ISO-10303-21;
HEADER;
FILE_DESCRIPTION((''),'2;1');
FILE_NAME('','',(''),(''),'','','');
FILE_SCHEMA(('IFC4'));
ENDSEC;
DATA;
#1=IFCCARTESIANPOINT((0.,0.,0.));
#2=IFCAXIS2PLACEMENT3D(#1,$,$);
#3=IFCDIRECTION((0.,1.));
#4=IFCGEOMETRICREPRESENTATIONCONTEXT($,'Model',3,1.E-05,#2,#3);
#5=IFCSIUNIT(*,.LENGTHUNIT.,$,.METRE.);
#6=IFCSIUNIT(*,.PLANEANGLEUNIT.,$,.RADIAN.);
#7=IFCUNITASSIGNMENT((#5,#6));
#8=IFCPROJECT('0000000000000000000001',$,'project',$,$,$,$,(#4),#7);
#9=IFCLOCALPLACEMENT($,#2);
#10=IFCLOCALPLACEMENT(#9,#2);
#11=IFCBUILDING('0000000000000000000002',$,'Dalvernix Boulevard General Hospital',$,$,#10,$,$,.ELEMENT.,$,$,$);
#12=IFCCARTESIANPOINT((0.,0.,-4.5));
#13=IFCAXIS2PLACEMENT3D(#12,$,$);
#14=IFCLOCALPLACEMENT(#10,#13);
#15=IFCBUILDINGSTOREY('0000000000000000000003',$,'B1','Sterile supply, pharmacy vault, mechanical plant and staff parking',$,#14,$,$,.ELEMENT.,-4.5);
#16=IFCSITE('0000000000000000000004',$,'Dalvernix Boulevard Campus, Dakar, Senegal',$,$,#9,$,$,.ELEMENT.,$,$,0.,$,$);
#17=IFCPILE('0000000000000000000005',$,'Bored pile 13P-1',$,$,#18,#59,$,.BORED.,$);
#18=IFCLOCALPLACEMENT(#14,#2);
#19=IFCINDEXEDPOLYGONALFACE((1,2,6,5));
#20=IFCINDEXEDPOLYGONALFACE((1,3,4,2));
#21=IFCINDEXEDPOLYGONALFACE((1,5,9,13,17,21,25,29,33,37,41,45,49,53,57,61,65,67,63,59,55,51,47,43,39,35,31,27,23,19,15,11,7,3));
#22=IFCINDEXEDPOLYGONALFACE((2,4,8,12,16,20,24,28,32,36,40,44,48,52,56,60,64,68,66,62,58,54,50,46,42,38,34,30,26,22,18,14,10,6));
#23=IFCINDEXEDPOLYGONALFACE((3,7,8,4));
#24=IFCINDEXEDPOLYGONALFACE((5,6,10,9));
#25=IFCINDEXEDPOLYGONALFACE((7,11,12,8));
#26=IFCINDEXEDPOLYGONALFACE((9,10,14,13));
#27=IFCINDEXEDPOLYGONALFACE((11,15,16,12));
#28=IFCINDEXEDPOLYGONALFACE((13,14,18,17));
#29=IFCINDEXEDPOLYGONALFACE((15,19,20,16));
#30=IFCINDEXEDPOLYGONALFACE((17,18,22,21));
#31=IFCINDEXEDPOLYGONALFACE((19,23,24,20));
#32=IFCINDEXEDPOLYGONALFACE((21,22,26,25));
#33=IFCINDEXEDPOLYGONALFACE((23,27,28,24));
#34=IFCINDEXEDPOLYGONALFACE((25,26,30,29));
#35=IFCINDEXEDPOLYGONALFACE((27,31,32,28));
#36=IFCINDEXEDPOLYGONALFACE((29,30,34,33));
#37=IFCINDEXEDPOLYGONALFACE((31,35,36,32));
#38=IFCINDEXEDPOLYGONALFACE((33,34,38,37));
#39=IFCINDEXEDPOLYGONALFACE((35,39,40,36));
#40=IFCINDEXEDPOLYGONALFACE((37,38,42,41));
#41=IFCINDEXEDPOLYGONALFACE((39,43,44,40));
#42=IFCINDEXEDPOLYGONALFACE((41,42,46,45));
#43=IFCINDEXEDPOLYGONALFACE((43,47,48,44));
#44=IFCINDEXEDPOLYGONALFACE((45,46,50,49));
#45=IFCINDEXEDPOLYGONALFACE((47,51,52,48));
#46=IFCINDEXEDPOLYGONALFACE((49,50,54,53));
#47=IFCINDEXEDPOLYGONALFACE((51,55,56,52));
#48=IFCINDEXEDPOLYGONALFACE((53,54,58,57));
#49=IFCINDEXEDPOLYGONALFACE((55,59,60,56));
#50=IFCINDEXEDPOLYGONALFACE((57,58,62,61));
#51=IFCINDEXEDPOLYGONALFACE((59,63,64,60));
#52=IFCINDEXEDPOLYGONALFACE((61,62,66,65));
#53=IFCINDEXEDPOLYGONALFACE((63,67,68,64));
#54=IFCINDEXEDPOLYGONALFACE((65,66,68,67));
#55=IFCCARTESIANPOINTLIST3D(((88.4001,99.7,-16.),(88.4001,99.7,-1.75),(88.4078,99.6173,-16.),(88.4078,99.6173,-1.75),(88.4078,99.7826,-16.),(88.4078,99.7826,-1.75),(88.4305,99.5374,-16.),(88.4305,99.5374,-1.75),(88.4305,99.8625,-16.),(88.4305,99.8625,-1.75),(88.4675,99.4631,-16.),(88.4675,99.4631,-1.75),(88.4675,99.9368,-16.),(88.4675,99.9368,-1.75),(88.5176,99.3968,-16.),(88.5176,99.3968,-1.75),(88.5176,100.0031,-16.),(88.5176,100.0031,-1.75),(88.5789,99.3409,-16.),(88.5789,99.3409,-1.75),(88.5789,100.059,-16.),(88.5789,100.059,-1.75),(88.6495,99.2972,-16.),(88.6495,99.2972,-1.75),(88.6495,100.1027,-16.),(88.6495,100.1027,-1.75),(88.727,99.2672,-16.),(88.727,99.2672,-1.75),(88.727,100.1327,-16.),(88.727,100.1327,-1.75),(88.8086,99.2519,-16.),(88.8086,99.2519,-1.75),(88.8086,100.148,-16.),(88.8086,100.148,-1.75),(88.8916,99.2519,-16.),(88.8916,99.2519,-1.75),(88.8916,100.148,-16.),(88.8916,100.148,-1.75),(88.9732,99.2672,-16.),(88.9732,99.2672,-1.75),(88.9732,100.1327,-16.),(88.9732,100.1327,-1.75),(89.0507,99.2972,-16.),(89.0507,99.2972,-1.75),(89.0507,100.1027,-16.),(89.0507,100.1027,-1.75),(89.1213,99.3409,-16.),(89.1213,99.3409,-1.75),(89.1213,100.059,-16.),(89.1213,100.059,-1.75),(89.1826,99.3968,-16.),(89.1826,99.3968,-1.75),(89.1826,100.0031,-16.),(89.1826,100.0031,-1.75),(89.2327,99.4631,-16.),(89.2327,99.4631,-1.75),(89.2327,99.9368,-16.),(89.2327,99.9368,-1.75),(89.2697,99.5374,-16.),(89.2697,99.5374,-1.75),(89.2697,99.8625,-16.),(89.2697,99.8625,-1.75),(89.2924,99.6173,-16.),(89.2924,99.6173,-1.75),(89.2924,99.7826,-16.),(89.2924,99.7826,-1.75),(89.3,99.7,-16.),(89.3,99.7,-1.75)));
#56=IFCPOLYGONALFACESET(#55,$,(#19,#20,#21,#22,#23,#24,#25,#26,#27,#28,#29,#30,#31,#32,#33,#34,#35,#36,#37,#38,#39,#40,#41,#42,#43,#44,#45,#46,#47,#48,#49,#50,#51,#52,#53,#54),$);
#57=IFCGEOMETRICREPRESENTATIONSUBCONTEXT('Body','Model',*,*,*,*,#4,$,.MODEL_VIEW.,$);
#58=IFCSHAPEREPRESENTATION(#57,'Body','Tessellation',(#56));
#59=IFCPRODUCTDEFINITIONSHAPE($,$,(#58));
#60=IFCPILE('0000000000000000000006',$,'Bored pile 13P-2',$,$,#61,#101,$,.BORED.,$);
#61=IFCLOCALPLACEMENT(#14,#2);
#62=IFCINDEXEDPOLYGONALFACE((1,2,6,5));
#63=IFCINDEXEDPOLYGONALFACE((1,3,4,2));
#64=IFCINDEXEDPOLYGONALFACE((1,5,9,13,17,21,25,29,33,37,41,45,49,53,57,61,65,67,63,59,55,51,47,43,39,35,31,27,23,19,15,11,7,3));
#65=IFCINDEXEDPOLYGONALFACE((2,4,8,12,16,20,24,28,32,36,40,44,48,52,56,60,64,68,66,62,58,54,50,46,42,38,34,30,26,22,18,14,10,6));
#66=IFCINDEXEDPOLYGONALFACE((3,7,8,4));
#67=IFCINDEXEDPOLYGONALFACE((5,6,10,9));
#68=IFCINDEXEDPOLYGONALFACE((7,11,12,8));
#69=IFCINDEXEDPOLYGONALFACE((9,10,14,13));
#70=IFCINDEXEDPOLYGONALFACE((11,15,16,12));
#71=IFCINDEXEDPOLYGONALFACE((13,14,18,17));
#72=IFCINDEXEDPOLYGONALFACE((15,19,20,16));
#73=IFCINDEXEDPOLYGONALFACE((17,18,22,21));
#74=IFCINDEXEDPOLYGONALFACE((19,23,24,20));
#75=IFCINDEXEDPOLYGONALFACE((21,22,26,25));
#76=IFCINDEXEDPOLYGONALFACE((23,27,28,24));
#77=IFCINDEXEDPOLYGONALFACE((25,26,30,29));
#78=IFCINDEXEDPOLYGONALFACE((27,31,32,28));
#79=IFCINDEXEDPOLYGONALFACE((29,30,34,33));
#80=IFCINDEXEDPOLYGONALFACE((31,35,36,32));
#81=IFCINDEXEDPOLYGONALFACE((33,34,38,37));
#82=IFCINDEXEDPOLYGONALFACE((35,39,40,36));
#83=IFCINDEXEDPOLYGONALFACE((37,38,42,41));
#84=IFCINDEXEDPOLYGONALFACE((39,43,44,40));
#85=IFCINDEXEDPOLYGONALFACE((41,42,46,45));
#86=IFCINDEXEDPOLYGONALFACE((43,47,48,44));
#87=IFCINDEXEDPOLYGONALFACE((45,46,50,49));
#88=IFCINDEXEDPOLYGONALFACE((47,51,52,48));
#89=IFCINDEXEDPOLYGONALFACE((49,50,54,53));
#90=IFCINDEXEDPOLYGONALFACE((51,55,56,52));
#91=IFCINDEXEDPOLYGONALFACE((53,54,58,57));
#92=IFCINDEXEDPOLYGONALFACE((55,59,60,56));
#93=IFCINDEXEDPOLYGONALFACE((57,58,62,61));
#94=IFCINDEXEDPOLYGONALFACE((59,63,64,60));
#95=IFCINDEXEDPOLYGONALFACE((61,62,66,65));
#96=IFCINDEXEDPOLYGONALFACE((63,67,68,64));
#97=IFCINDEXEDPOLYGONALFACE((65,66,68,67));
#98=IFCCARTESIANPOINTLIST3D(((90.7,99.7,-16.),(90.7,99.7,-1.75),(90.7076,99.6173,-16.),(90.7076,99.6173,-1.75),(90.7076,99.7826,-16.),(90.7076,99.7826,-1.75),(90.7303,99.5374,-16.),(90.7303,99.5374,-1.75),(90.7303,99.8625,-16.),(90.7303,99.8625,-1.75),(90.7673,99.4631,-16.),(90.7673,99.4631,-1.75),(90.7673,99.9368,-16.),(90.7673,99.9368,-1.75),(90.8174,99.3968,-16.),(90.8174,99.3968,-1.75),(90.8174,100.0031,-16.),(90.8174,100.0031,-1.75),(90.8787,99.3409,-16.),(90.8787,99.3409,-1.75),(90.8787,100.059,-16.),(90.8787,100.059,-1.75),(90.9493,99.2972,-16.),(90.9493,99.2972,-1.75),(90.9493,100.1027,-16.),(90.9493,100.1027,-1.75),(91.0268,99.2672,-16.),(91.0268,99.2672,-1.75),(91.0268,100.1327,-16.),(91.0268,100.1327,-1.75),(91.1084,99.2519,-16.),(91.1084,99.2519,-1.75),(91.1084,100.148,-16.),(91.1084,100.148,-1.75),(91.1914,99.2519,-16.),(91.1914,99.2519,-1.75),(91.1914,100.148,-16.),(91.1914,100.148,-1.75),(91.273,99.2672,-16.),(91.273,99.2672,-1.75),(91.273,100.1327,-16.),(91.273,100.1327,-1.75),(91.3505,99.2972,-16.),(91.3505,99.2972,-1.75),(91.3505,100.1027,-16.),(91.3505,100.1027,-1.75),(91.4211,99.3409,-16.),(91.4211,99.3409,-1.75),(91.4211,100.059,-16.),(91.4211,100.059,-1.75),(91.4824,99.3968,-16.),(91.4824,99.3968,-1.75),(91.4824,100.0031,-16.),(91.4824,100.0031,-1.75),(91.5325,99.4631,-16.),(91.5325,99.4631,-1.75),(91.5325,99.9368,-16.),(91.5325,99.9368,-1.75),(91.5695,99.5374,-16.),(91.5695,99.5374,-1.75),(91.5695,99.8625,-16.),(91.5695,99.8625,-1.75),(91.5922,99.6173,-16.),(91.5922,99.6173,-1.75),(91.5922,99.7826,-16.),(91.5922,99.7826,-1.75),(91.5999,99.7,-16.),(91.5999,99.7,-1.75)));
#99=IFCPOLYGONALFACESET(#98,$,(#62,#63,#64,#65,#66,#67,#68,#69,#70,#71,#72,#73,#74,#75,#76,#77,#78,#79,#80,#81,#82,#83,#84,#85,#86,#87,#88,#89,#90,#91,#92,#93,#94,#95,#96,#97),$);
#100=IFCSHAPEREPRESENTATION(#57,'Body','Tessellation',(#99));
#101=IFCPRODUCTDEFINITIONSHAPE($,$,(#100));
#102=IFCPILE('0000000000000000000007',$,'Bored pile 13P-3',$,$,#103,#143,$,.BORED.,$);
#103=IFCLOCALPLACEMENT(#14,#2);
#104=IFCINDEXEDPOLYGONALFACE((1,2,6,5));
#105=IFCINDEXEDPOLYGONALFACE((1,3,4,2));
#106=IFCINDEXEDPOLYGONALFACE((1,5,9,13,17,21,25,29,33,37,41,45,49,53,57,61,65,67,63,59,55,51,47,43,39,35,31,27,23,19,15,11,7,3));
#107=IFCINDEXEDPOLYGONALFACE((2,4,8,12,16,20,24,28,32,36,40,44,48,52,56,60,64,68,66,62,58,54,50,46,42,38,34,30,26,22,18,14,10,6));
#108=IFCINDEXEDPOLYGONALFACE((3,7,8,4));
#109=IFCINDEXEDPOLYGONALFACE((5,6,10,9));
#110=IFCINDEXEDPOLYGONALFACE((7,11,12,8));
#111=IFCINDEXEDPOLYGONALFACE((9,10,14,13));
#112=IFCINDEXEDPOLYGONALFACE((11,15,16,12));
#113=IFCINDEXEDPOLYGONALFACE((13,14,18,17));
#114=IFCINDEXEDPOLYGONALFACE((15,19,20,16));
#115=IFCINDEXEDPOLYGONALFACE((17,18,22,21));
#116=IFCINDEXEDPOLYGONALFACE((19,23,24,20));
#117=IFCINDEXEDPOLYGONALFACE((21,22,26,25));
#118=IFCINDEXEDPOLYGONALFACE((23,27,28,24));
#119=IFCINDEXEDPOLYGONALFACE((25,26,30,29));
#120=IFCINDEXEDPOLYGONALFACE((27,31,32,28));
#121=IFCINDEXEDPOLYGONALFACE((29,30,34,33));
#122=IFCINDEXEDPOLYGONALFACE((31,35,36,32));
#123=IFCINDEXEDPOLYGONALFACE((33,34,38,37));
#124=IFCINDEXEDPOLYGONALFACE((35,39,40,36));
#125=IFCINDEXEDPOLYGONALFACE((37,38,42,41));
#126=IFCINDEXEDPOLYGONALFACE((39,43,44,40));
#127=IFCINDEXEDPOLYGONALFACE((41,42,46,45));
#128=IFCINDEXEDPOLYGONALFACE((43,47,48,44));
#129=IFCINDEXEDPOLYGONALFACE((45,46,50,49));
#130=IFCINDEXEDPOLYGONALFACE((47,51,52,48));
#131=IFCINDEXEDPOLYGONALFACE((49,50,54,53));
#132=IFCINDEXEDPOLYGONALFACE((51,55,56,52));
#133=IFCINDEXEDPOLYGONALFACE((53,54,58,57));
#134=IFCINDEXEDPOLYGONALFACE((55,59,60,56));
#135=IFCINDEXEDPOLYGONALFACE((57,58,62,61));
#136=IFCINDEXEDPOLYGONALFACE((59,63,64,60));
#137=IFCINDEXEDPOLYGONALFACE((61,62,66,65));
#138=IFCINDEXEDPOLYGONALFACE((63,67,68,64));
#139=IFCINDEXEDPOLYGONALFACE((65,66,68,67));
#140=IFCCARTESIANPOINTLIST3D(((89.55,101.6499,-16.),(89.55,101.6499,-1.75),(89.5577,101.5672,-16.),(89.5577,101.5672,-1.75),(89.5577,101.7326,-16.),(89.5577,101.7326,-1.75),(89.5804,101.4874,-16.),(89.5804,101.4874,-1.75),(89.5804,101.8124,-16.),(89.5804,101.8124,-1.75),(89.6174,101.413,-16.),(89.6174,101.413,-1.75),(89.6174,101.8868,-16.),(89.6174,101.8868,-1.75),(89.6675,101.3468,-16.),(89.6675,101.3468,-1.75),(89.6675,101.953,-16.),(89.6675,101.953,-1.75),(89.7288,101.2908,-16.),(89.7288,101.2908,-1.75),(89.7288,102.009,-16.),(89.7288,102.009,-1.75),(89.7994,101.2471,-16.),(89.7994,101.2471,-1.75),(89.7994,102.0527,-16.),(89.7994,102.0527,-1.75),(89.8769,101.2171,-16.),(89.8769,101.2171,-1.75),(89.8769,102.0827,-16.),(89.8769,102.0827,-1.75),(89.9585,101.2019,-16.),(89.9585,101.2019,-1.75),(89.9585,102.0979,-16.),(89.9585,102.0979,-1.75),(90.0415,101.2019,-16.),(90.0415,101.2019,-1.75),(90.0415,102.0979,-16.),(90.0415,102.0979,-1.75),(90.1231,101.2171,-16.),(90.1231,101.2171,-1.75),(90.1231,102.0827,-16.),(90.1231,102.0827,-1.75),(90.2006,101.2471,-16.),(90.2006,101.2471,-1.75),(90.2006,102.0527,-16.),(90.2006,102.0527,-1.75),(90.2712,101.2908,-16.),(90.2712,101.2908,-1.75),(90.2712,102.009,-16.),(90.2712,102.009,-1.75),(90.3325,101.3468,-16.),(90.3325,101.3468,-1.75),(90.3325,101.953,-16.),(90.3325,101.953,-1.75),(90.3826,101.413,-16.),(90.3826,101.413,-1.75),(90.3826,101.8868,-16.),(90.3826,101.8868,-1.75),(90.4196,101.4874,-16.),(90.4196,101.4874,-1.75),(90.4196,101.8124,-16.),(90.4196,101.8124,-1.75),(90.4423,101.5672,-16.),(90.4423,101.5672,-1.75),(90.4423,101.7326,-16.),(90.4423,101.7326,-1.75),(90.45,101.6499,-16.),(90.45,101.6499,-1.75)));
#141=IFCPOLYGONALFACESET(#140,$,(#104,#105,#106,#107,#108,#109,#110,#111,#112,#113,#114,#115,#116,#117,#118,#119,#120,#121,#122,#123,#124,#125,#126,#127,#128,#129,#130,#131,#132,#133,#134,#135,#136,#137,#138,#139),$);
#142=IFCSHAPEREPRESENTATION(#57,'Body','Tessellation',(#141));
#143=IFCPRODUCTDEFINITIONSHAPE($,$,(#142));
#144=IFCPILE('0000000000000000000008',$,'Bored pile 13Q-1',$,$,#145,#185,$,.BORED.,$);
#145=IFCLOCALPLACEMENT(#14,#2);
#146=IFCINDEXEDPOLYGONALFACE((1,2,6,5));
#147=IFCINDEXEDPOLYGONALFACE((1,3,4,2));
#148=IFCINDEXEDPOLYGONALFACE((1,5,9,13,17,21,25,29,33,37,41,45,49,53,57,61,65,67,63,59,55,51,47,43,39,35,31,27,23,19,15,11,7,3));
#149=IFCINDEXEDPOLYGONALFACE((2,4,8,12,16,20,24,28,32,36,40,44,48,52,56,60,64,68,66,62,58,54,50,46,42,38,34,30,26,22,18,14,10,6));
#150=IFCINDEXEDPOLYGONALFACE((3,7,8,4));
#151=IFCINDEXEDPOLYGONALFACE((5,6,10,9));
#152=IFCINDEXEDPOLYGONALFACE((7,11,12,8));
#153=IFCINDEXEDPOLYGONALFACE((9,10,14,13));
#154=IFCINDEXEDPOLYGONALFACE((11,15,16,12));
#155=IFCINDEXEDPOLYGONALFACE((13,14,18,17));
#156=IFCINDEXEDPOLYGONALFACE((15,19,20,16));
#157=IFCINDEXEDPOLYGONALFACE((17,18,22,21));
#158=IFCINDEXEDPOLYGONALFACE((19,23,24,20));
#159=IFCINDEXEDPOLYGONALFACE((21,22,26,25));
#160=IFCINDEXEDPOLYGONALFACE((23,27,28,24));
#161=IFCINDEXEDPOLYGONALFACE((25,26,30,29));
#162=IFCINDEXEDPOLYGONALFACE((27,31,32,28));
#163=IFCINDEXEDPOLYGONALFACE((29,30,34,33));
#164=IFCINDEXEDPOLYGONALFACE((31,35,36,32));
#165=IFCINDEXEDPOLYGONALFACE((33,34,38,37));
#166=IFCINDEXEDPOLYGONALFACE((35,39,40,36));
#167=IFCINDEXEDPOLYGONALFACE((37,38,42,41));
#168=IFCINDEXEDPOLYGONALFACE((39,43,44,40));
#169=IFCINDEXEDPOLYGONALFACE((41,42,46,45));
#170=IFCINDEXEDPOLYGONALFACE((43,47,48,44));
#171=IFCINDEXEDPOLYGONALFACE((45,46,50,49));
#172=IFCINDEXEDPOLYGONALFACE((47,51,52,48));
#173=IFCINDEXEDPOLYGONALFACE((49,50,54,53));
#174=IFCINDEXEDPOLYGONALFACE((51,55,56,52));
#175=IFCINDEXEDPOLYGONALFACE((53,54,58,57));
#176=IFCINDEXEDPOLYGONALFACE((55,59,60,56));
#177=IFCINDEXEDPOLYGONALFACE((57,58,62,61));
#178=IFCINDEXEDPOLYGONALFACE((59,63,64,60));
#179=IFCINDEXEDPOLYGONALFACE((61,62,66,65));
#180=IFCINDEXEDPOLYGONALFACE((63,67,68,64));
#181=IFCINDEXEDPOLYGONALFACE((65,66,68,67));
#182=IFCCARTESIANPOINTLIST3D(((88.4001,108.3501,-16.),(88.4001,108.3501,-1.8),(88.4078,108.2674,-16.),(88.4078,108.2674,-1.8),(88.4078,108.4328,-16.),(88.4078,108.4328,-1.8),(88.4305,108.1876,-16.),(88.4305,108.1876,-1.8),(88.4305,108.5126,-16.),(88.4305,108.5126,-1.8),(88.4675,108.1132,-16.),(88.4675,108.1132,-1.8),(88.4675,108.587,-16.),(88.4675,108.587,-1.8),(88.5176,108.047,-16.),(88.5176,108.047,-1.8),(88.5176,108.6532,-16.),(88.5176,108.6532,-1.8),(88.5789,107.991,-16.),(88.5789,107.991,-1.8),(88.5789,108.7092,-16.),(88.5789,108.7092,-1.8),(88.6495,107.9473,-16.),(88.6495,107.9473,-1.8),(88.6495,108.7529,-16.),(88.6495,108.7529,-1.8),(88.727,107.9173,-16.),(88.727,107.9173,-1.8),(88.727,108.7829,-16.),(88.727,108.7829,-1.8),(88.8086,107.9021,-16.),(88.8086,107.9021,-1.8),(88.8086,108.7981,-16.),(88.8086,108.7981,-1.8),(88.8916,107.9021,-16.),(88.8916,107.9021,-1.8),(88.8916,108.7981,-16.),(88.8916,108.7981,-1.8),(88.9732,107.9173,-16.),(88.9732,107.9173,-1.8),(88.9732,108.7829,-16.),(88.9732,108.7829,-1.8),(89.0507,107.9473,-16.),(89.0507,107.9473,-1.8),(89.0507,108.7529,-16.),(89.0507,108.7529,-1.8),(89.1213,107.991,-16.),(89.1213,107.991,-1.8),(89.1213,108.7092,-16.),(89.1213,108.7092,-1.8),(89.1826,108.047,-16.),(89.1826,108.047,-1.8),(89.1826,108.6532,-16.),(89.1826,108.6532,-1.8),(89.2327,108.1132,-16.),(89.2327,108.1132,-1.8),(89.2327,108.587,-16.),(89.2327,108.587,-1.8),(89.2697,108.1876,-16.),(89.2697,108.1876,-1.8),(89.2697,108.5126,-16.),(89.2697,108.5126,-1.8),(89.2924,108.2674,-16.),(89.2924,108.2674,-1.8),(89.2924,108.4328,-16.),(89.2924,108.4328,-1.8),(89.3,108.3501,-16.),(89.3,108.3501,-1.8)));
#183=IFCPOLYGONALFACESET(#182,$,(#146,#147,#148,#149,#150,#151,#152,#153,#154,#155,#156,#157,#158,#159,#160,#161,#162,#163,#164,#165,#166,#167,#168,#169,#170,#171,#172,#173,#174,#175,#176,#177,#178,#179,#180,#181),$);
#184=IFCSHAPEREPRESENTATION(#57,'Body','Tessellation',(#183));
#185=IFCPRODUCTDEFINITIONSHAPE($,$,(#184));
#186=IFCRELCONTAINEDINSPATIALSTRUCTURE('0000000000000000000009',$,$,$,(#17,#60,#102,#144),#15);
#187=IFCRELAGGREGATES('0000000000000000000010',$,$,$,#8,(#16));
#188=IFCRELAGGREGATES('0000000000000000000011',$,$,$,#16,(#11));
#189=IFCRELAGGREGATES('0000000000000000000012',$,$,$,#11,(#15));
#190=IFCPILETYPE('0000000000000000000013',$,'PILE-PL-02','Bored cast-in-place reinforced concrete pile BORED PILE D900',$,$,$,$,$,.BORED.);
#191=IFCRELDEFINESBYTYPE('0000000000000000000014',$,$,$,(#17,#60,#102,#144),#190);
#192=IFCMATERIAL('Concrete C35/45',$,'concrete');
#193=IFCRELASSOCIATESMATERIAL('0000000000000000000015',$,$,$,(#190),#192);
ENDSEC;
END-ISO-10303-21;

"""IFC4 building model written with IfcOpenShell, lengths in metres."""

from ifc_helpers import new_model, si_unit, direction, frame, origin, origin_2d, place, context, subcontext, project, spatial, circle, extrude, material, material_profile, profile_set, type_object, element, save


model = new_model("IFC4")

# Units and contexts
model_context = context("Model", 3, precision=1e-05, world=origin(), true_north=direction((0.0, 1.0)))
body_context = subcontext(model_context, "Body", "Model", "MODEL_VIEW")
ifc_project = project(units=[si_unit("LENGTHUNIT", "METRE"), si_unit("PLANEANGLEUNIT", "RADIAN")], contexts=[model_context])

# Site, building, storey
site_placement = place(None, origin())
site = spatial("IfcSite", under=ifc_project, at=site_placement, Name="Dalvernix Boulevard Campus, Dakar, Senegal", CompositionType="ELEMENT", RefElevation=0.0)
building_placement = place(site_placement, origin())
building = spatial("IfcBuilding", under=site, at=building_placement, Name="Dalvernix Boulevard General Hospital", CompositionType="ELEMENT")
storey_placement = place(building_placement, frame((0.0, 0.0, -4.5)))
storey = spatial("IfcBuildingStorey", under=building, at=storey_placement, Name="B1", Description="Sterile supply, pharmacy vault, mechanical plant and staff parking", CompositionType="ELEMENT", Elevation=-4.5)

# Shared definitions
ifc_material_1 = material(Name="Concrete C35/45", Category="concrete")

# Piles
ifc_material_profile_1 = material_profile(ifc_material_1, circle(Radius=0.45, at=origin_2d()), Name="BORED PILE D900")
ifc_profile_set_1 = profile_set([ifc_material_profile_1], Name="Concrete C35/45")
pile_type_1 = type_object("IfcPileType", Name="PILE-PL-02", Description="Bored cast-in-place reinforced concrete pile BORED PILE D900", PredefinedType="BORED", material=ifc_profile_set_1)
for number, where, z_axis, x_axis, name in (
    (1, (88.8501, 99.7, -1.75), (0.0, 0.0, -1.0), (1.0, 0.0, 0.0), "Bored pile 13P-1"),
    (2, (91.1499, 99.7, -1.75), (0.0, 0.0, -1.0), (1.0, 0.0, 0.0), "Bored pile 13P-2"),
    (3, (90.0, 101.6499, -1.75), (0.0, 0.0, -1.0), (1.0, 0.0, 0.0), "Bored pile 13P-3"),
):
    element("IfcPile", number, at=place(storey_placement, frame(where, z_axis=z_axis, x_axis=x_axis)), inside=storey, type_object=pile_type_1, Name=name, PredefinedType="BORED", context=body_context, shape_type="SweptSolid", body=[
        extrude(circle(Radius=0.45, at=origin_2d()), origin(), (0.0, 0.0, 1.0), 14.25),
    ])
for number, where, z_axis, x_axis, name in (
    (4, (88.8501, 108.3501, -1.8), (0.0, 0.0, -1.0), (1.0, 0.0, 0.0), "Bored pile 13Q-1"),
):
    element("IfcPile", number, at=place(storey_placement, frame(where, z_axis=z_axis, x_axis=x_axis)), inside=storey, type_object=pile_type_1, Name=name, PredefinedType="BORED", context=body_context, shape_type="SweptSolid", body=[
        extrude(circle(Radius=0.45, at=origin_2d()), origin(), (0.0, 0.0, 1.0), 14.2),
    ])

save(model, "model.ifc")
